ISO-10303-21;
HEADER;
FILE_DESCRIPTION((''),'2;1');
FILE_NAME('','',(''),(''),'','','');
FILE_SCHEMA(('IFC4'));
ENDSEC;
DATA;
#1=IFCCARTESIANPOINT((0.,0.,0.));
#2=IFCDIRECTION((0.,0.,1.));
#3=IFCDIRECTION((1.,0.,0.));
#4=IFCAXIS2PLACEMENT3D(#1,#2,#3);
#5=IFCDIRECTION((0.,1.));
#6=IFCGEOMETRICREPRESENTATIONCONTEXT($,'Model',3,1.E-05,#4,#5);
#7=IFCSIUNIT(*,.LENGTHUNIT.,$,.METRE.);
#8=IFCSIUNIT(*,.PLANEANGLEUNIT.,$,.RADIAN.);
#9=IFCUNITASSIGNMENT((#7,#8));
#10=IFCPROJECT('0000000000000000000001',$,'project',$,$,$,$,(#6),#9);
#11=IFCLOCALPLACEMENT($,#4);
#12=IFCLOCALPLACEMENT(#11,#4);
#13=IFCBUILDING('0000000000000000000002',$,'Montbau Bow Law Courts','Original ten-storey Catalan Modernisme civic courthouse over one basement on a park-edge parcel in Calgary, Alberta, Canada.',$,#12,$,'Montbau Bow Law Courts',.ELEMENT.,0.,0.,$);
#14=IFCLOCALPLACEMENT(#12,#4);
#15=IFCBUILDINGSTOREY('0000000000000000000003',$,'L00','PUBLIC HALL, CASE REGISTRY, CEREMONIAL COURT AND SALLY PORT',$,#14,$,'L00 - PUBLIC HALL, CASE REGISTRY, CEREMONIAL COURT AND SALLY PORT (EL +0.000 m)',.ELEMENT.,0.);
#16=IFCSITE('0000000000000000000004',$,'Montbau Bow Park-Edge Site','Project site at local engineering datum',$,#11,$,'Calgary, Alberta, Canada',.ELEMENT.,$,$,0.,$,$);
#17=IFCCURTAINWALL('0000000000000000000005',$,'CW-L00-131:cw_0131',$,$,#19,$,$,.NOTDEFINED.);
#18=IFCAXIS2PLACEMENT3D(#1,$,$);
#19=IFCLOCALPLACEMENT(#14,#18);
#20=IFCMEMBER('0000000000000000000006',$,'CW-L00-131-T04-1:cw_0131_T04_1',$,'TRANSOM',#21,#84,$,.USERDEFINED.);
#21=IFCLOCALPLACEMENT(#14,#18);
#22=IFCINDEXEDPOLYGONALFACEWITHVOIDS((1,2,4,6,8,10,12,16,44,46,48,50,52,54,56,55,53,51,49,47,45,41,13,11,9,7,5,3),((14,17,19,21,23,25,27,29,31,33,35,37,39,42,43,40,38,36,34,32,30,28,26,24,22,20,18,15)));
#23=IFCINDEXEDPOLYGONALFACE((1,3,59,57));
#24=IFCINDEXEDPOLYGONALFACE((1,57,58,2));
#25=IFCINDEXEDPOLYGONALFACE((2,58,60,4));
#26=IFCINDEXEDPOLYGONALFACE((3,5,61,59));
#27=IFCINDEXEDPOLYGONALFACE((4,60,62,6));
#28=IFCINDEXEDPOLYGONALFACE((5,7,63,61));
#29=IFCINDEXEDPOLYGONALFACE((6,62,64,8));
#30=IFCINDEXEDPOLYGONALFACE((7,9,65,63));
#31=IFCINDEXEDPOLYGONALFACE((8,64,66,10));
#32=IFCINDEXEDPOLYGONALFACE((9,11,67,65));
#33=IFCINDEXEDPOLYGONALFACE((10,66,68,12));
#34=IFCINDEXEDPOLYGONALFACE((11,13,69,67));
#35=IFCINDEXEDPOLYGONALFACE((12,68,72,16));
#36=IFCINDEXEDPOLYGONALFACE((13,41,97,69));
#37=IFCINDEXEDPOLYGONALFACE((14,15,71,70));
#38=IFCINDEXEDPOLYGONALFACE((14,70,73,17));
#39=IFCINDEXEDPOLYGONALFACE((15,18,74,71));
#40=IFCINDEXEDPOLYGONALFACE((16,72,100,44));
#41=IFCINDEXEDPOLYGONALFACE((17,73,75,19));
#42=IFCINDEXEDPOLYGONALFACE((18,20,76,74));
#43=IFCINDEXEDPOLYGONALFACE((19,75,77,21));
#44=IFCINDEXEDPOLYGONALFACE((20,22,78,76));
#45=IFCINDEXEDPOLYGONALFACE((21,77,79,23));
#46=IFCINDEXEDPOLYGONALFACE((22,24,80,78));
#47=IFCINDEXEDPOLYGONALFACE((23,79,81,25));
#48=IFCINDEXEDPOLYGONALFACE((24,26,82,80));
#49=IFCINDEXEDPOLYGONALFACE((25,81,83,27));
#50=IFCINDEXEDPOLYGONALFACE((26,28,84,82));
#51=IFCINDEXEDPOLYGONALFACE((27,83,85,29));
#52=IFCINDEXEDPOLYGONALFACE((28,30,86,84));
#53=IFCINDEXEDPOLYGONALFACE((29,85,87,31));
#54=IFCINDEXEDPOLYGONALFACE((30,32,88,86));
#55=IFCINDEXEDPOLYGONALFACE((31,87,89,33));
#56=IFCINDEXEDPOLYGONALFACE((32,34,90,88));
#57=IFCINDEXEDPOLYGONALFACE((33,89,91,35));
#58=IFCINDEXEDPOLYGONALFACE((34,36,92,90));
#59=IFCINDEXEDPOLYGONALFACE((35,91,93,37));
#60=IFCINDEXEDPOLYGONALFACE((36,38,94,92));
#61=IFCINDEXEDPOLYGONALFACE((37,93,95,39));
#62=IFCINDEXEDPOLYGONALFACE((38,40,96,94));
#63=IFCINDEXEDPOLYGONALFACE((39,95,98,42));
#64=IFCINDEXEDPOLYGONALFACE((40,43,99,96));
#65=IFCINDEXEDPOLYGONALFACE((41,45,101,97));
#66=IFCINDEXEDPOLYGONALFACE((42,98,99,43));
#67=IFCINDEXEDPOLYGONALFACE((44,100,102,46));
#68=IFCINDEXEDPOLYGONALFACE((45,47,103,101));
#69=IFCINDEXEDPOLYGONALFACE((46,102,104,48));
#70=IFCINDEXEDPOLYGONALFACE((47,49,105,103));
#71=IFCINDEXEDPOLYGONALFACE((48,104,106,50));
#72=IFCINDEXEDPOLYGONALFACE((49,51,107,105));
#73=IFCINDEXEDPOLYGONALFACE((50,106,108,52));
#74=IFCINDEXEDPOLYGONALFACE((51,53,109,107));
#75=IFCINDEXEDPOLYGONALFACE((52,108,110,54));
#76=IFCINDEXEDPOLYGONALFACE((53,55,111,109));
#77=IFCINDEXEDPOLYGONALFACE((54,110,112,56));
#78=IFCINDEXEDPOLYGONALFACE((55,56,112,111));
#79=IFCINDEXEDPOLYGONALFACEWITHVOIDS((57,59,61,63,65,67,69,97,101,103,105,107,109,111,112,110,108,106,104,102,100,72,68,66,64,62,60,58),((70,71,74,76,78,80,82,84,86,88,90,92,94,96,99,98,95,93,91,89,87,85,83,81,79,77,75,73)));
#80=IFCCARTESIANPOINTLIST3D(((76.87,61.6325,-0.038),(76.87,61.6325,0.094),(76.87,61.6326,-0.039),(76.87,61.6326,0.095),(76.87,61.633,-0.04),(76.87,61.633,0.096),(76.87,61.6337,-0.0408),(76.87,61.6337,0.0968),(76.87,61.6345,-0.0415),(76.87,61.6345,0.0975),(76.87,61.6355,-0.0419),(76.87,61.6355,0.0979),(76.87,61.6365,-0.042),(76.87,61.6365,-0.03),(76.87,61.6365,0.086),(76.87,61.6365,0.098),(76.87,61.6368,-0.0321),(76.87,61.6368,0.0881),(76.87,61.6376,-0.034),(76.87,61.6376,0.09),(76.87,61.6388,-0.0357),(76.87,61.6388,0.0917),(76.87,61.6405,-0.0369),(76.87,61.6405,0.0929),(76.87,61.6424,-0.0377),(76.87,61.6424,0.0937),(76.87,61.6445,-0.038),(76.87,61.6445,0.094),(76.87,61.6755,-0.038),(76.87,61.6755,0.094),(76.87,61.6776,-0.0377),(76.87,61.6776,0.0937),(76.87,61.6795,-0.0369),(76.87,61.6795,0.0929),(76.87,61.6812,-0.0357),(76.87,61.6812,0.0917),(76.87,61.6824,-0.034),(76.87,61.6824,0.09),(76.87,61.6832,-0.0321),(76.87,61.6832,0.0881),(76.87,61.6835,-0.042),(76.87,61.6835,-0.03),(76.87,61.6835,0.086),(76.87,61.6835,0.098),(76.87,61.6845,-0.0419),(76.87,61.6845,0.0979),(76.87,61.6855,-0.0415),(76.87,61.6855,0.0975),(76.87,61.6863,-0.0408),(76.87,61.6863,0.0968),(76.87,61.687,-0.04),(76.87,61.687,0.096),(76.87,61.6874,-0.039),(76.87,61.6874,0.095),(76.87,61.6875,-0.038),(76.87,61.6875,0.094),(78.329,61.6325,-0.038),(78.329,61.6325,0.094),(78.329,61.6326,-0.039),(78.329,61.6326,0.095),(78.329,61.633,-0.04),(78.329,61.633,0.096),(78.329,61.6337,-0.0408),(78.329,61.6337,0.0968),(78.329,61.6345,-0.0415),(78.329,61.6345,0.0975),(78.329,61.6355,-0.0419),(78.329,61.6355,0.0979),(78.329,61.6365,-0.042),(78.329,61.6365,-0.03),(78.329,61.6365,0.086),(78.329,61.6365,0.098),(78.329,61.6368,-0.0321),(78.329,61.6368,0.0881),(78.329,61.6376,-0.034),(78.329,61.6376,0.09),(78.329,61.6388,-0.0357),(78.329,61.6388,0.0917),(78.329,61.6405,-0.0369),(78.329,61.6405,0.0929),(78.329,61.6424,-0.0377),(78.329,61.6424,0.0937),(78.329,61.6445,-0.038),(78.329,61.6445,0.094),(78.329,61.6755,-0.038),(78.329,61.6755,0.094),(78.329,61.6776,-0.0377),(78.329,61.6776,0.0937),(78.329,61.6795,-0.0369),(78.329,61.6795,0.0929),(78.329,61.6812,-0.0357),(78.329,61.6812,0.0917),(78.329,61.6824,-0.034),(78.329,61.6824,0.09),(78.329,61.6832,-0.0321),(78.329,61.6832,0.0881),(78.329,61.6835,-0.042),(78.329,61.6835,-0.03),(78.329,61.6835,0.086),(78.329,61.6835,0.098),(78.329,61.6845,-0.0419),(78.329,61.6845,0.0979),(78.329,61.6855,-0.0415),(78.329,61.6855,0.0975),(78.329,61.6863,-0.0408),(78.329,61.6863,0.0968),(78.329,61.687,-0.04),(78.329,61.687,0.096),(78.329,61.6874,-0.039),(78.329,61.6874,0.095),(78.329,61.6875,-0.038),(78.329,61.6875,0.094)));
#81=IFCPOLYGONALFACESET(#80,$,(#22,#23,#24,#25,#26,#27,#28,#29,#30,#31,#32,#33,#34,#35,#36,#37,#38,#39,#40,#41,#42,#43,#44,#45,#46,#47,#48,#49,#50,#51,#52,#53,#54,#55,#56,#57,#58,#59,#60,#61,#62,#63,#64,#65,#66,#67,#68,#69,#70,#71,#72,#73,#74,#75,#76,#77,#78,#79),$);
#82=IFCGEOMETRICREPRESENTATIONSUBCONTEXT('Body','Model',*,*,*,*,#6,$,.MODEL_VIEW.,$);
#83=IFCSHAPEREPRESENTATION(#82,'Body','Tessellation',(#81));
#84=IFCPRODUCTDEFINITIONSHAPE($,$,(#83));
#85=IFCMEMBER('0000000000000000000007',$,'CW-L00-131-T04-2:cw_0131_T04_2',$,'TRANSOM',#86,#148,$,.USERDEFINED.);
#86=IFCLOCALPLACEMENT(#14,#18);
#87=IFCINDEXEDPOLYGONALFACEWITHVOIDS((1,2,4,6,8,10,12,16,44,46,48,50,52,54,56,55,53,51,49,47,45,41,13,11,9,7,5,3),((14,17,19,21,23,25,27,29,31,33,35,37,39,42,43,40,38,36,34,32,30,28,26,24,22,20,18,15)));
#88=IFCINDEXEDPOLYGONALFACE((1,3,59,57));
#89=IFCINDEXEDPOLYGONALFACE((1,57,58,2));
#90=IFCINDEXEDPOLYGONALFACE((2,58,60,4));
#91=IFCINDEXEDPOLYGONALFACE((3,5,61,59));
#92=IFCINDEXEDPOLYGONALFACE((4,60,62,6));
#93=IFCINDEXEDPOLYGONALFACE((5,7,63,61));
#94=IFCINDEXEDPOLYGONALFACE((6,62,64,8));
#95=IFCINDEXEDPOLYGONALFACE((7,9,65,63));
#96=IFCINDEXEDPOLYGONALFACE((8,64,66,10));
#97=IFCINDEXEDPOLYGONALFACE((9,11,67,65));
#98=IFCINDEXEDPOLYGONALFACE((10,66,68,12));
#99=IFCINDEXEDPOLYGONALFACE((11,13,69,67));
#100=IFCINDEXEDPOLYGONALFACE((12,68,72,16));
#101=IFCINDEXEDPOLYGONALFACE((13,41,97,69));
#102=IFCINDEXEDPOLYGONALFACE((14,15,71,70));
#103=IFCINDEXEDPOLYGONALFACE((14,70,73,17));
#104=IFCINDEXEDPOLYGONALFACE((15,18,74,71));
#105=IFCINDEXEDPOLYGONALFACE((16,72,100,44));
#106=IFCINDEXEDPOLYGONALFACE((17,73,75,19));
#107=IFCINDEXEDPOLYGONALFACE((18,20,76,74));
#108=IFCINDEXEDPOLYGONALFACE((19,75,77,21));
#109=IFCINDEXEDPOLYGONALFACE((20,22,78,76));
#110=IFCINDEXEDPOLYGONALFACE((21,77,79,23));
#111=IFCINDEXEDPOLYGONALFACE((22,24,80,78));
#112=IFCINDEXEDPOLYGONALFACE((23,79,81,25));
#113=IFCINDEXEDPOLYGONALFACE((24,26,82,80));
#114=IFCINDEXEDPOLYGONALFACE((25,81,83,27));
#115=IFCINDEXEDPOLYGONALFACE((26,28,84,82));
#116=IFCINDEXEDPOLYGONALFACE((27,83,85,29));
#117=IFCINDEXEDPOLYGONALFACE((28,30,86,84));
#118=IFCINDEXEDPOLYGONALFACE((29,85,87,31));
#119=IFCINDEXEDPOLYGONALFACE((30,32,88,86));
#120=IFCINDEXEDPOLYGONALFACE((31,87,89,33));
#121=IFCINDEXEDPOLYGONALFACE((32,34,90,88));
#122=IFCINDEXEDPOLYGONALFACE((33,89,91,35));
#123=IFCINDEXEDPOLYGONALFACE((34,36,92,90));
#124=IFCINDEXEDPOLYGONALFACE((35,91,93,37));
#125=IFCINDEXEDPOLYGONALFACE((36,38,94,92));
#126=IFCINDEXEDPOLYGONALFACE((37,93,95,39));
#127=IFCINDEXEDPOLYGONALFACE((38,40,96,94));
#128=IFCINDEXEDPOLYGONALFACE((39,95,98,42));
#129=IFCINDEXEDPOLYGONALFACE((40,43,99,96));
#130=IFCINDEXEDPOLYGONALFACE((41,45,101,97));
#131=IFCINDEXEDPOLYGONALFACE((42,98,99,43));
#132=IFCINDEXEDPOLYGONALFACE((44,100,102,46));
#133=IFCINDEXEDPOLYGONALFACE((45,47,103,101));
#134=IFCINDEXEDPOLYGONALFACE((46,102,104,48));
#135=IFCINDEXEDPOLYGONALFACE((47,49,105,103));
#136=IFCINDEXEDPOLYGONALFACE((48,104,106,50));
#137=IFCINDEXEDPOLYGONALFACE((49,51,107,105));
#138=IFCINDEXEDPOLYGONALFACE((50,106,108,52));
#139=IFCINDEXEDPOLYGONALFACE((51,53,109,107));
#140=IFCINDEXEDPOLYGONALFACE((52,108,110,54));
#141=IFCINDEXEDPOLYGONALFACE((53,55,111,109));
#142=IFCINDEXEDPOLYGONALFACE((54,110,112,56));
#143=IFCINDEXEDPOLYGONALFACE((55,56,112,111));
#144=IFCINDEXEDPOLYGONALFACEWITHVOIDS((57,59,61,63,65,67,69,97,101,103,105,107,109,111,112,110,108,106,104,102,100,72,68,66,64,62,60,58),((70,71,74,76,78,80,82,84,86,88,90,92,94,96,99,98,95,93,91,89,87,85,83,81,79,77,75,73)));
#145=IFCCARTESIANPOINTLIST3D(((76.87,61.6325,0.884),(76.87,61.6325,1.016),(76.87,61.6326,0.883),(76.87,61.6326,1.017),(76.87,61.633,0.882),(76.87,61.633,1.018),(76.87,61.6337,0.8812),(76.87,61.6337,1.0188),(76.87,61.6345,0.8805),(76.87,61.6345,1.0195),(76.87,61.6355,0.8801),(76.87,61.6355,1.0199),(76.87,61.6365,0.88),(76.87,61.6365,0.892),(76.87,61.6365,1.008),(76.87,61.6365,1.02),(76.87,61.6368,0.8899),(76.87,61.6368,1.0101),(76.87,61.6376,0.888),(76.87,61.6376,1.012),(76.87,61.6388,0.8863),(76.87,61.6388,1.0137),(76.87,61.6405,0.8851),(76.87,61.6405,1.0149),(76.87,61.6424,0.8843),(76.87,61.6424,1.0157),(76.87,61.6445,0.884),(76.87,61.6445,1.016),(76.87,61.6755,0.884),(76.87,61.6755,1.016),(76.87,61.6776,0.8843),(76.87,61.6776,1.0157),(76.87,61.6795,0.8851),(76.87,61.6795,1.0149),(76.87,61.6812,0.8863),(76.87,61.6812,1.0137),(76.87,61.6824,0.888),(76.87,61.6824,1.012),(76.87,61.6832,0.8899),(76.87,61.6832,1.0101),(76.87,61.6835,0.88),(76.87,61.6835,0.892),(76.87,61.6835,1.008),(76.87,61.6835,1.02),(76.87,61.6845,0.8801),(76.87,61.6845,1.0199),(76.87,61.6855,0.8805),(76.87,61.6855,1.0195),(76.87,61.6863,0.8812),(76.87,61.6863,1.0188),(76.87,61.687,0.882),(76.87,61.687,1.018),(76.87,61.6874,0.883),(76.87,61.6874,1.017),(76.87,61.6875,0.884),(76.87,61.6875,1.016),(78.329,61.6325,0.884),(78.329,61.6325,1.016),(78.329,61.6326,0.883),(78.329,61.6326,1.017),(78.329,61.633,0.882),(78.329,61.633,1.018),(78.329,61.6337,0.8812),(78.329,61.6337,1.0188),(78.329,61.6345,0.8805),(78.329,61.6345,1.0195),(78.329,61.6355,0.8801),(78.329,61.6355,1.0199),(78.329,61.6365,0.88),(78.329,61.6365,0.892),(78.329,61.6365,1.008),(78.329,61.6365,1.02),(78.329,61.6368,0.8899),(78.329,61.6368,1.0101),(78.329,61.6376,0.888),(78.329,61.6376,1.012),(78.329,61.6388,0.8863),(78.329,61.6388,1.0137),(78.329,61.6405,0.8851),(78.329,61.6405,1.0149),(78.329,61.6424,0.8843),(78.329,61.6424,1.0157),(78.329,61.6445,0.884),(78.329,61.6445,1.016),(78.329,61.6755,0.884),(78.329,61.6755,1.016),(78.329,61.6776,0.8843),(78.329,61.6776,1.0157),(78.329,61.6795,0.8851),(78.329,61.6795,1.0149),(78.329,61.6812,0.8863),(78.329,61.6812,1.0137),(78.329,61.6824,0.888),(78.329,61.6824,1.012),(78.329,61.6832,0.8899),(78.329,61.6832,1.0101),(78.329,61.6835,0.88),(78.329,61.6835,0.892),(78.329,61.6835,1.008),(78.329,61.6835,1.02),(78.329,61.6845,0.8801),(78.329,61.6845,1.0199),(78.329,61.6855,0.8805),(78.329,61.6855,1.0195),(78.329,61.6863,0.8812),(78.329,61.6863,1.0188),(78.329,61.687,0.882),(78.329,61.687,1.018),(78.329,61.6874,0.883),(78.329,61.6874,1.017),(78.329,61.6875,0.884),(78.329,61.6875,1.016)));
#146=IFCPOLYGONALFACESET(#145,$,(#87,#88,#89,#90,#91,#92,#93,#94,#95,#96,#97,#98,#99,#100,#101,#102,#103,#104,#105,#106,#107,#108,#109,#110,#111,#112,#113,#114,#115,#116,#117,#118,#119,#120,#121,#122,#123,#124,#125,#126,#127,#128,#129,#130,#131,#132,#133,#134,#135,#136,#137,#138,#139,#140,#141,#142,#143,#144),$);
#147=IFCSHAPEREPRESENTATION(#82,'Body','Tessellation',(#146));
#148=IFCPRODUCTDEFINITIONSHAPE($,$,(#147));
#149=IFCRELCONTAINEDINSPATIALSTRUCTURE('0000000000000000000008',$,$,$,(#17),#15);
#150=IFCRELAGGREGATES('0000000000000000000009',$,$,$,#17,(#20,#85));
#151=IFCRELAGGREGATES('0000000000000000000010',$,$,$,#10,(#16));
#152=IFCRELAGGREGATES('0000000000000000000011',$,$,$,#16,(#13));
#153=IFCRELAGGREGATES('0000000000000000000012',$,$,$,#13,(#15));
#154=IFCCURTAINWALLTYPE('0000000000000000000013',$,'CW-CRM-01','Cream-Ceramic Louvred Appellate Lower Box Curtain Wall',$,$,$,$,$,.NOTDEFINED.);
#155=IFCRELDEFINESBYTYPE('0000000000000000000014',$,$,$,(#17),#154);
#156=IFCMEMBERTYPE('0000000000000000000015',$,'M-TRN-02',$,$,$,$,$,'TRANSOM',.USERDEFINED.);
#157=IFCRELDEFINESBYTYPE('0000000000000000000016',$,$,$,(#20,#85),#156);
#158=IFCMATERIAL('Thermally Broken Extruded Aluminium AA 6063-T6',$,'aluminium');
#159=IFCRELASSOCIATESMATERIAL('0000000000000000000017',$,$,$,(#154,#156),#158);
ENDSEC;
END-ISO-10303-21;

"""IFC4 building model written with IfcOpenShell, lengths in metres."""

from ifc_helpers import new_model, si_unit, direction, frame, origin_with_axes, origin_2d_with_axis, place, context, subcontext, project, spatial, hollow_rectangle, extrude, material, material_profile, profile_set, type_object, element, aggregate, save


model = new_model("IFC4")

# Units and contexts
model_context = context("Model", 3, precision=1e-05, world=origin_with_axes(), true_north=direction((0.0, 1.0)))
body_context = subcontext(model_context, "Body", "Model", "MODEL_VIEW")
ifc_project = project(units=[si_unit("LENGTHUNIT", "METRE"), si_unit("PLANEANGLEUNIT", "RADIAN")], contexts=[model_context])

# Site, building, storey
site_placement = place(None, origin_with_axes())
site = spatial("IfcSite", under=ifc_project, at=site_placement, Name="Montbau Bow Park-Edge Site", Description="Project site at local engineering datum", LongName="Calgary, Alberta, Canada", CompositionType="ELEMENT", RefElevation=0.0)
building_placement = place(site_placement, origin_with_axes())
building = spatial("IfcBuilding", under=site, at=building_placement, Name="Montbau Bow Law Courts", Description="Original ten-storey Catalan Modernisme civic courthouse over one basement on a park-edge parcel in Calgary, Alberta, Canada.", LongName="Montbau Bow Law Courts", CompositionType="ELEMENT", ElevationOfRefHeight=0.0, ElevationOfTerrain=0.0)
storey_placement = place(building_placement, origin_with_axes())
storey = spatial("IfcBuildingStorey", under=building, at=storey_placement, Name="L00", Description="PUBLIC HALL, CASE REGISTRY, CEREMONIAL COURT AND SALLY PORT", LongName="L00 - PUBLIC HALL, CASE REGISTRY, CEREMONIAL COURT AND SALLY PORT (EL +0.000 m)", CompositionType="ELEMENT", Elevation=0.0)

# Curtain wall, members
ifc_material_1 = material(Name="Thermally Broken Extruded Aluminium AA 6063-T6", Category="aluminium")
curtain_wall_type = type_object("IfcCurtainWallType", Name="CW-CRM-01", Description="Cream-Ceramic Louvred Appellate Lower Box Curtain Wall", PredefinedType="NOTDEFINED", material=ifc_material_1)
curtain_wall_placement = place(None, frame((72.267, 61.66, 0.0), z_axis=(0.0, 0.0, 1.0), x_axis=(1.0, 0.0, 0.0)))
curtain_wall = element("IfcCurtainWall", 1, at=curtain_wall_placement, inside=storey, type_object=curtain_wall_type, Name="CW-L00-131:cw_0131", PredefinedType="NOTDEFINED")
ifc_material_profile_1 = material_profile(ifc_material_1, hollow_rectangle(XDim=0.055, YDim=0.14, WallThickness=0.004, InnerFilletRadius=0.008, OuterFilletRadius=0.004, at=origin_2d_with_axis()), Name="CWT-140X55", Category="Main", Priority=0)
ifc_profile_set_1 = profile_set([ifc_material_profile_1], Name="Thermally Broken Extruded Aluminium AA 6063-T6")
member_type_1 = type_object("IfcMemberType", Name="M-TRN-02", ElementType="TRANSOM", PredefinedType="USERDEFINED", material=ifc_profile_set_1)
member_1_placement = place(None, frame((76.87, 61.66, 0.028), z_axis=(1.0, 0.0, 0.0), x_axis=(0.0, 1.0, 0.0)))
member_1 = element("IfcMember", 2, at=member_1_placement, type_object=member_type_1, Name="CW-L00-131-T04-1:cw_0131_T04_1", ObjectType="TRANSOM", PredefinedType="USERDEFINED", context=body_context, shape_type="SweptSolid", body=[
    extrude(hollow_rectangle(XDim=0.055, YDim=0.14, WallThickness=0.004, InnerFilletRadius=0.008, OuterFilletRadius=0.004, at=origin_2d_with_axis()), origin_with_axes(), (0.0, 0.0, 1.0), 1.459),
])
member_2_placement = place(None, frame((76.87, 61.66, 0.95), z_axis=(1.0, 0.0, 0.0), x_axis=(0.0, 1.0, 0.0)))
member_2 = element("IfcMember", 3, at=member_2_placement, type_object=member_type_1, Name="CW-L00-131-T04-2:cw_0131_T04_2", ObjectType="TRANSOM", PredefinedType="USERDEFINED", context=body_context, shape_type="SweptSolid", body=[
    extrude(hollow_rectangle(XDim=0.055, YDim=0.14, WallThickness=0.004, InnerFilletRadius=0.008, OuterFilletRadius=0.004, at=origin_2d_with_axis()), origin_with_axes(), (0.0, 0.0, 1.0), 1.459),
])
aggregate(curtain_wall, [member_1, member_2])

save(model, "model.ifc")
